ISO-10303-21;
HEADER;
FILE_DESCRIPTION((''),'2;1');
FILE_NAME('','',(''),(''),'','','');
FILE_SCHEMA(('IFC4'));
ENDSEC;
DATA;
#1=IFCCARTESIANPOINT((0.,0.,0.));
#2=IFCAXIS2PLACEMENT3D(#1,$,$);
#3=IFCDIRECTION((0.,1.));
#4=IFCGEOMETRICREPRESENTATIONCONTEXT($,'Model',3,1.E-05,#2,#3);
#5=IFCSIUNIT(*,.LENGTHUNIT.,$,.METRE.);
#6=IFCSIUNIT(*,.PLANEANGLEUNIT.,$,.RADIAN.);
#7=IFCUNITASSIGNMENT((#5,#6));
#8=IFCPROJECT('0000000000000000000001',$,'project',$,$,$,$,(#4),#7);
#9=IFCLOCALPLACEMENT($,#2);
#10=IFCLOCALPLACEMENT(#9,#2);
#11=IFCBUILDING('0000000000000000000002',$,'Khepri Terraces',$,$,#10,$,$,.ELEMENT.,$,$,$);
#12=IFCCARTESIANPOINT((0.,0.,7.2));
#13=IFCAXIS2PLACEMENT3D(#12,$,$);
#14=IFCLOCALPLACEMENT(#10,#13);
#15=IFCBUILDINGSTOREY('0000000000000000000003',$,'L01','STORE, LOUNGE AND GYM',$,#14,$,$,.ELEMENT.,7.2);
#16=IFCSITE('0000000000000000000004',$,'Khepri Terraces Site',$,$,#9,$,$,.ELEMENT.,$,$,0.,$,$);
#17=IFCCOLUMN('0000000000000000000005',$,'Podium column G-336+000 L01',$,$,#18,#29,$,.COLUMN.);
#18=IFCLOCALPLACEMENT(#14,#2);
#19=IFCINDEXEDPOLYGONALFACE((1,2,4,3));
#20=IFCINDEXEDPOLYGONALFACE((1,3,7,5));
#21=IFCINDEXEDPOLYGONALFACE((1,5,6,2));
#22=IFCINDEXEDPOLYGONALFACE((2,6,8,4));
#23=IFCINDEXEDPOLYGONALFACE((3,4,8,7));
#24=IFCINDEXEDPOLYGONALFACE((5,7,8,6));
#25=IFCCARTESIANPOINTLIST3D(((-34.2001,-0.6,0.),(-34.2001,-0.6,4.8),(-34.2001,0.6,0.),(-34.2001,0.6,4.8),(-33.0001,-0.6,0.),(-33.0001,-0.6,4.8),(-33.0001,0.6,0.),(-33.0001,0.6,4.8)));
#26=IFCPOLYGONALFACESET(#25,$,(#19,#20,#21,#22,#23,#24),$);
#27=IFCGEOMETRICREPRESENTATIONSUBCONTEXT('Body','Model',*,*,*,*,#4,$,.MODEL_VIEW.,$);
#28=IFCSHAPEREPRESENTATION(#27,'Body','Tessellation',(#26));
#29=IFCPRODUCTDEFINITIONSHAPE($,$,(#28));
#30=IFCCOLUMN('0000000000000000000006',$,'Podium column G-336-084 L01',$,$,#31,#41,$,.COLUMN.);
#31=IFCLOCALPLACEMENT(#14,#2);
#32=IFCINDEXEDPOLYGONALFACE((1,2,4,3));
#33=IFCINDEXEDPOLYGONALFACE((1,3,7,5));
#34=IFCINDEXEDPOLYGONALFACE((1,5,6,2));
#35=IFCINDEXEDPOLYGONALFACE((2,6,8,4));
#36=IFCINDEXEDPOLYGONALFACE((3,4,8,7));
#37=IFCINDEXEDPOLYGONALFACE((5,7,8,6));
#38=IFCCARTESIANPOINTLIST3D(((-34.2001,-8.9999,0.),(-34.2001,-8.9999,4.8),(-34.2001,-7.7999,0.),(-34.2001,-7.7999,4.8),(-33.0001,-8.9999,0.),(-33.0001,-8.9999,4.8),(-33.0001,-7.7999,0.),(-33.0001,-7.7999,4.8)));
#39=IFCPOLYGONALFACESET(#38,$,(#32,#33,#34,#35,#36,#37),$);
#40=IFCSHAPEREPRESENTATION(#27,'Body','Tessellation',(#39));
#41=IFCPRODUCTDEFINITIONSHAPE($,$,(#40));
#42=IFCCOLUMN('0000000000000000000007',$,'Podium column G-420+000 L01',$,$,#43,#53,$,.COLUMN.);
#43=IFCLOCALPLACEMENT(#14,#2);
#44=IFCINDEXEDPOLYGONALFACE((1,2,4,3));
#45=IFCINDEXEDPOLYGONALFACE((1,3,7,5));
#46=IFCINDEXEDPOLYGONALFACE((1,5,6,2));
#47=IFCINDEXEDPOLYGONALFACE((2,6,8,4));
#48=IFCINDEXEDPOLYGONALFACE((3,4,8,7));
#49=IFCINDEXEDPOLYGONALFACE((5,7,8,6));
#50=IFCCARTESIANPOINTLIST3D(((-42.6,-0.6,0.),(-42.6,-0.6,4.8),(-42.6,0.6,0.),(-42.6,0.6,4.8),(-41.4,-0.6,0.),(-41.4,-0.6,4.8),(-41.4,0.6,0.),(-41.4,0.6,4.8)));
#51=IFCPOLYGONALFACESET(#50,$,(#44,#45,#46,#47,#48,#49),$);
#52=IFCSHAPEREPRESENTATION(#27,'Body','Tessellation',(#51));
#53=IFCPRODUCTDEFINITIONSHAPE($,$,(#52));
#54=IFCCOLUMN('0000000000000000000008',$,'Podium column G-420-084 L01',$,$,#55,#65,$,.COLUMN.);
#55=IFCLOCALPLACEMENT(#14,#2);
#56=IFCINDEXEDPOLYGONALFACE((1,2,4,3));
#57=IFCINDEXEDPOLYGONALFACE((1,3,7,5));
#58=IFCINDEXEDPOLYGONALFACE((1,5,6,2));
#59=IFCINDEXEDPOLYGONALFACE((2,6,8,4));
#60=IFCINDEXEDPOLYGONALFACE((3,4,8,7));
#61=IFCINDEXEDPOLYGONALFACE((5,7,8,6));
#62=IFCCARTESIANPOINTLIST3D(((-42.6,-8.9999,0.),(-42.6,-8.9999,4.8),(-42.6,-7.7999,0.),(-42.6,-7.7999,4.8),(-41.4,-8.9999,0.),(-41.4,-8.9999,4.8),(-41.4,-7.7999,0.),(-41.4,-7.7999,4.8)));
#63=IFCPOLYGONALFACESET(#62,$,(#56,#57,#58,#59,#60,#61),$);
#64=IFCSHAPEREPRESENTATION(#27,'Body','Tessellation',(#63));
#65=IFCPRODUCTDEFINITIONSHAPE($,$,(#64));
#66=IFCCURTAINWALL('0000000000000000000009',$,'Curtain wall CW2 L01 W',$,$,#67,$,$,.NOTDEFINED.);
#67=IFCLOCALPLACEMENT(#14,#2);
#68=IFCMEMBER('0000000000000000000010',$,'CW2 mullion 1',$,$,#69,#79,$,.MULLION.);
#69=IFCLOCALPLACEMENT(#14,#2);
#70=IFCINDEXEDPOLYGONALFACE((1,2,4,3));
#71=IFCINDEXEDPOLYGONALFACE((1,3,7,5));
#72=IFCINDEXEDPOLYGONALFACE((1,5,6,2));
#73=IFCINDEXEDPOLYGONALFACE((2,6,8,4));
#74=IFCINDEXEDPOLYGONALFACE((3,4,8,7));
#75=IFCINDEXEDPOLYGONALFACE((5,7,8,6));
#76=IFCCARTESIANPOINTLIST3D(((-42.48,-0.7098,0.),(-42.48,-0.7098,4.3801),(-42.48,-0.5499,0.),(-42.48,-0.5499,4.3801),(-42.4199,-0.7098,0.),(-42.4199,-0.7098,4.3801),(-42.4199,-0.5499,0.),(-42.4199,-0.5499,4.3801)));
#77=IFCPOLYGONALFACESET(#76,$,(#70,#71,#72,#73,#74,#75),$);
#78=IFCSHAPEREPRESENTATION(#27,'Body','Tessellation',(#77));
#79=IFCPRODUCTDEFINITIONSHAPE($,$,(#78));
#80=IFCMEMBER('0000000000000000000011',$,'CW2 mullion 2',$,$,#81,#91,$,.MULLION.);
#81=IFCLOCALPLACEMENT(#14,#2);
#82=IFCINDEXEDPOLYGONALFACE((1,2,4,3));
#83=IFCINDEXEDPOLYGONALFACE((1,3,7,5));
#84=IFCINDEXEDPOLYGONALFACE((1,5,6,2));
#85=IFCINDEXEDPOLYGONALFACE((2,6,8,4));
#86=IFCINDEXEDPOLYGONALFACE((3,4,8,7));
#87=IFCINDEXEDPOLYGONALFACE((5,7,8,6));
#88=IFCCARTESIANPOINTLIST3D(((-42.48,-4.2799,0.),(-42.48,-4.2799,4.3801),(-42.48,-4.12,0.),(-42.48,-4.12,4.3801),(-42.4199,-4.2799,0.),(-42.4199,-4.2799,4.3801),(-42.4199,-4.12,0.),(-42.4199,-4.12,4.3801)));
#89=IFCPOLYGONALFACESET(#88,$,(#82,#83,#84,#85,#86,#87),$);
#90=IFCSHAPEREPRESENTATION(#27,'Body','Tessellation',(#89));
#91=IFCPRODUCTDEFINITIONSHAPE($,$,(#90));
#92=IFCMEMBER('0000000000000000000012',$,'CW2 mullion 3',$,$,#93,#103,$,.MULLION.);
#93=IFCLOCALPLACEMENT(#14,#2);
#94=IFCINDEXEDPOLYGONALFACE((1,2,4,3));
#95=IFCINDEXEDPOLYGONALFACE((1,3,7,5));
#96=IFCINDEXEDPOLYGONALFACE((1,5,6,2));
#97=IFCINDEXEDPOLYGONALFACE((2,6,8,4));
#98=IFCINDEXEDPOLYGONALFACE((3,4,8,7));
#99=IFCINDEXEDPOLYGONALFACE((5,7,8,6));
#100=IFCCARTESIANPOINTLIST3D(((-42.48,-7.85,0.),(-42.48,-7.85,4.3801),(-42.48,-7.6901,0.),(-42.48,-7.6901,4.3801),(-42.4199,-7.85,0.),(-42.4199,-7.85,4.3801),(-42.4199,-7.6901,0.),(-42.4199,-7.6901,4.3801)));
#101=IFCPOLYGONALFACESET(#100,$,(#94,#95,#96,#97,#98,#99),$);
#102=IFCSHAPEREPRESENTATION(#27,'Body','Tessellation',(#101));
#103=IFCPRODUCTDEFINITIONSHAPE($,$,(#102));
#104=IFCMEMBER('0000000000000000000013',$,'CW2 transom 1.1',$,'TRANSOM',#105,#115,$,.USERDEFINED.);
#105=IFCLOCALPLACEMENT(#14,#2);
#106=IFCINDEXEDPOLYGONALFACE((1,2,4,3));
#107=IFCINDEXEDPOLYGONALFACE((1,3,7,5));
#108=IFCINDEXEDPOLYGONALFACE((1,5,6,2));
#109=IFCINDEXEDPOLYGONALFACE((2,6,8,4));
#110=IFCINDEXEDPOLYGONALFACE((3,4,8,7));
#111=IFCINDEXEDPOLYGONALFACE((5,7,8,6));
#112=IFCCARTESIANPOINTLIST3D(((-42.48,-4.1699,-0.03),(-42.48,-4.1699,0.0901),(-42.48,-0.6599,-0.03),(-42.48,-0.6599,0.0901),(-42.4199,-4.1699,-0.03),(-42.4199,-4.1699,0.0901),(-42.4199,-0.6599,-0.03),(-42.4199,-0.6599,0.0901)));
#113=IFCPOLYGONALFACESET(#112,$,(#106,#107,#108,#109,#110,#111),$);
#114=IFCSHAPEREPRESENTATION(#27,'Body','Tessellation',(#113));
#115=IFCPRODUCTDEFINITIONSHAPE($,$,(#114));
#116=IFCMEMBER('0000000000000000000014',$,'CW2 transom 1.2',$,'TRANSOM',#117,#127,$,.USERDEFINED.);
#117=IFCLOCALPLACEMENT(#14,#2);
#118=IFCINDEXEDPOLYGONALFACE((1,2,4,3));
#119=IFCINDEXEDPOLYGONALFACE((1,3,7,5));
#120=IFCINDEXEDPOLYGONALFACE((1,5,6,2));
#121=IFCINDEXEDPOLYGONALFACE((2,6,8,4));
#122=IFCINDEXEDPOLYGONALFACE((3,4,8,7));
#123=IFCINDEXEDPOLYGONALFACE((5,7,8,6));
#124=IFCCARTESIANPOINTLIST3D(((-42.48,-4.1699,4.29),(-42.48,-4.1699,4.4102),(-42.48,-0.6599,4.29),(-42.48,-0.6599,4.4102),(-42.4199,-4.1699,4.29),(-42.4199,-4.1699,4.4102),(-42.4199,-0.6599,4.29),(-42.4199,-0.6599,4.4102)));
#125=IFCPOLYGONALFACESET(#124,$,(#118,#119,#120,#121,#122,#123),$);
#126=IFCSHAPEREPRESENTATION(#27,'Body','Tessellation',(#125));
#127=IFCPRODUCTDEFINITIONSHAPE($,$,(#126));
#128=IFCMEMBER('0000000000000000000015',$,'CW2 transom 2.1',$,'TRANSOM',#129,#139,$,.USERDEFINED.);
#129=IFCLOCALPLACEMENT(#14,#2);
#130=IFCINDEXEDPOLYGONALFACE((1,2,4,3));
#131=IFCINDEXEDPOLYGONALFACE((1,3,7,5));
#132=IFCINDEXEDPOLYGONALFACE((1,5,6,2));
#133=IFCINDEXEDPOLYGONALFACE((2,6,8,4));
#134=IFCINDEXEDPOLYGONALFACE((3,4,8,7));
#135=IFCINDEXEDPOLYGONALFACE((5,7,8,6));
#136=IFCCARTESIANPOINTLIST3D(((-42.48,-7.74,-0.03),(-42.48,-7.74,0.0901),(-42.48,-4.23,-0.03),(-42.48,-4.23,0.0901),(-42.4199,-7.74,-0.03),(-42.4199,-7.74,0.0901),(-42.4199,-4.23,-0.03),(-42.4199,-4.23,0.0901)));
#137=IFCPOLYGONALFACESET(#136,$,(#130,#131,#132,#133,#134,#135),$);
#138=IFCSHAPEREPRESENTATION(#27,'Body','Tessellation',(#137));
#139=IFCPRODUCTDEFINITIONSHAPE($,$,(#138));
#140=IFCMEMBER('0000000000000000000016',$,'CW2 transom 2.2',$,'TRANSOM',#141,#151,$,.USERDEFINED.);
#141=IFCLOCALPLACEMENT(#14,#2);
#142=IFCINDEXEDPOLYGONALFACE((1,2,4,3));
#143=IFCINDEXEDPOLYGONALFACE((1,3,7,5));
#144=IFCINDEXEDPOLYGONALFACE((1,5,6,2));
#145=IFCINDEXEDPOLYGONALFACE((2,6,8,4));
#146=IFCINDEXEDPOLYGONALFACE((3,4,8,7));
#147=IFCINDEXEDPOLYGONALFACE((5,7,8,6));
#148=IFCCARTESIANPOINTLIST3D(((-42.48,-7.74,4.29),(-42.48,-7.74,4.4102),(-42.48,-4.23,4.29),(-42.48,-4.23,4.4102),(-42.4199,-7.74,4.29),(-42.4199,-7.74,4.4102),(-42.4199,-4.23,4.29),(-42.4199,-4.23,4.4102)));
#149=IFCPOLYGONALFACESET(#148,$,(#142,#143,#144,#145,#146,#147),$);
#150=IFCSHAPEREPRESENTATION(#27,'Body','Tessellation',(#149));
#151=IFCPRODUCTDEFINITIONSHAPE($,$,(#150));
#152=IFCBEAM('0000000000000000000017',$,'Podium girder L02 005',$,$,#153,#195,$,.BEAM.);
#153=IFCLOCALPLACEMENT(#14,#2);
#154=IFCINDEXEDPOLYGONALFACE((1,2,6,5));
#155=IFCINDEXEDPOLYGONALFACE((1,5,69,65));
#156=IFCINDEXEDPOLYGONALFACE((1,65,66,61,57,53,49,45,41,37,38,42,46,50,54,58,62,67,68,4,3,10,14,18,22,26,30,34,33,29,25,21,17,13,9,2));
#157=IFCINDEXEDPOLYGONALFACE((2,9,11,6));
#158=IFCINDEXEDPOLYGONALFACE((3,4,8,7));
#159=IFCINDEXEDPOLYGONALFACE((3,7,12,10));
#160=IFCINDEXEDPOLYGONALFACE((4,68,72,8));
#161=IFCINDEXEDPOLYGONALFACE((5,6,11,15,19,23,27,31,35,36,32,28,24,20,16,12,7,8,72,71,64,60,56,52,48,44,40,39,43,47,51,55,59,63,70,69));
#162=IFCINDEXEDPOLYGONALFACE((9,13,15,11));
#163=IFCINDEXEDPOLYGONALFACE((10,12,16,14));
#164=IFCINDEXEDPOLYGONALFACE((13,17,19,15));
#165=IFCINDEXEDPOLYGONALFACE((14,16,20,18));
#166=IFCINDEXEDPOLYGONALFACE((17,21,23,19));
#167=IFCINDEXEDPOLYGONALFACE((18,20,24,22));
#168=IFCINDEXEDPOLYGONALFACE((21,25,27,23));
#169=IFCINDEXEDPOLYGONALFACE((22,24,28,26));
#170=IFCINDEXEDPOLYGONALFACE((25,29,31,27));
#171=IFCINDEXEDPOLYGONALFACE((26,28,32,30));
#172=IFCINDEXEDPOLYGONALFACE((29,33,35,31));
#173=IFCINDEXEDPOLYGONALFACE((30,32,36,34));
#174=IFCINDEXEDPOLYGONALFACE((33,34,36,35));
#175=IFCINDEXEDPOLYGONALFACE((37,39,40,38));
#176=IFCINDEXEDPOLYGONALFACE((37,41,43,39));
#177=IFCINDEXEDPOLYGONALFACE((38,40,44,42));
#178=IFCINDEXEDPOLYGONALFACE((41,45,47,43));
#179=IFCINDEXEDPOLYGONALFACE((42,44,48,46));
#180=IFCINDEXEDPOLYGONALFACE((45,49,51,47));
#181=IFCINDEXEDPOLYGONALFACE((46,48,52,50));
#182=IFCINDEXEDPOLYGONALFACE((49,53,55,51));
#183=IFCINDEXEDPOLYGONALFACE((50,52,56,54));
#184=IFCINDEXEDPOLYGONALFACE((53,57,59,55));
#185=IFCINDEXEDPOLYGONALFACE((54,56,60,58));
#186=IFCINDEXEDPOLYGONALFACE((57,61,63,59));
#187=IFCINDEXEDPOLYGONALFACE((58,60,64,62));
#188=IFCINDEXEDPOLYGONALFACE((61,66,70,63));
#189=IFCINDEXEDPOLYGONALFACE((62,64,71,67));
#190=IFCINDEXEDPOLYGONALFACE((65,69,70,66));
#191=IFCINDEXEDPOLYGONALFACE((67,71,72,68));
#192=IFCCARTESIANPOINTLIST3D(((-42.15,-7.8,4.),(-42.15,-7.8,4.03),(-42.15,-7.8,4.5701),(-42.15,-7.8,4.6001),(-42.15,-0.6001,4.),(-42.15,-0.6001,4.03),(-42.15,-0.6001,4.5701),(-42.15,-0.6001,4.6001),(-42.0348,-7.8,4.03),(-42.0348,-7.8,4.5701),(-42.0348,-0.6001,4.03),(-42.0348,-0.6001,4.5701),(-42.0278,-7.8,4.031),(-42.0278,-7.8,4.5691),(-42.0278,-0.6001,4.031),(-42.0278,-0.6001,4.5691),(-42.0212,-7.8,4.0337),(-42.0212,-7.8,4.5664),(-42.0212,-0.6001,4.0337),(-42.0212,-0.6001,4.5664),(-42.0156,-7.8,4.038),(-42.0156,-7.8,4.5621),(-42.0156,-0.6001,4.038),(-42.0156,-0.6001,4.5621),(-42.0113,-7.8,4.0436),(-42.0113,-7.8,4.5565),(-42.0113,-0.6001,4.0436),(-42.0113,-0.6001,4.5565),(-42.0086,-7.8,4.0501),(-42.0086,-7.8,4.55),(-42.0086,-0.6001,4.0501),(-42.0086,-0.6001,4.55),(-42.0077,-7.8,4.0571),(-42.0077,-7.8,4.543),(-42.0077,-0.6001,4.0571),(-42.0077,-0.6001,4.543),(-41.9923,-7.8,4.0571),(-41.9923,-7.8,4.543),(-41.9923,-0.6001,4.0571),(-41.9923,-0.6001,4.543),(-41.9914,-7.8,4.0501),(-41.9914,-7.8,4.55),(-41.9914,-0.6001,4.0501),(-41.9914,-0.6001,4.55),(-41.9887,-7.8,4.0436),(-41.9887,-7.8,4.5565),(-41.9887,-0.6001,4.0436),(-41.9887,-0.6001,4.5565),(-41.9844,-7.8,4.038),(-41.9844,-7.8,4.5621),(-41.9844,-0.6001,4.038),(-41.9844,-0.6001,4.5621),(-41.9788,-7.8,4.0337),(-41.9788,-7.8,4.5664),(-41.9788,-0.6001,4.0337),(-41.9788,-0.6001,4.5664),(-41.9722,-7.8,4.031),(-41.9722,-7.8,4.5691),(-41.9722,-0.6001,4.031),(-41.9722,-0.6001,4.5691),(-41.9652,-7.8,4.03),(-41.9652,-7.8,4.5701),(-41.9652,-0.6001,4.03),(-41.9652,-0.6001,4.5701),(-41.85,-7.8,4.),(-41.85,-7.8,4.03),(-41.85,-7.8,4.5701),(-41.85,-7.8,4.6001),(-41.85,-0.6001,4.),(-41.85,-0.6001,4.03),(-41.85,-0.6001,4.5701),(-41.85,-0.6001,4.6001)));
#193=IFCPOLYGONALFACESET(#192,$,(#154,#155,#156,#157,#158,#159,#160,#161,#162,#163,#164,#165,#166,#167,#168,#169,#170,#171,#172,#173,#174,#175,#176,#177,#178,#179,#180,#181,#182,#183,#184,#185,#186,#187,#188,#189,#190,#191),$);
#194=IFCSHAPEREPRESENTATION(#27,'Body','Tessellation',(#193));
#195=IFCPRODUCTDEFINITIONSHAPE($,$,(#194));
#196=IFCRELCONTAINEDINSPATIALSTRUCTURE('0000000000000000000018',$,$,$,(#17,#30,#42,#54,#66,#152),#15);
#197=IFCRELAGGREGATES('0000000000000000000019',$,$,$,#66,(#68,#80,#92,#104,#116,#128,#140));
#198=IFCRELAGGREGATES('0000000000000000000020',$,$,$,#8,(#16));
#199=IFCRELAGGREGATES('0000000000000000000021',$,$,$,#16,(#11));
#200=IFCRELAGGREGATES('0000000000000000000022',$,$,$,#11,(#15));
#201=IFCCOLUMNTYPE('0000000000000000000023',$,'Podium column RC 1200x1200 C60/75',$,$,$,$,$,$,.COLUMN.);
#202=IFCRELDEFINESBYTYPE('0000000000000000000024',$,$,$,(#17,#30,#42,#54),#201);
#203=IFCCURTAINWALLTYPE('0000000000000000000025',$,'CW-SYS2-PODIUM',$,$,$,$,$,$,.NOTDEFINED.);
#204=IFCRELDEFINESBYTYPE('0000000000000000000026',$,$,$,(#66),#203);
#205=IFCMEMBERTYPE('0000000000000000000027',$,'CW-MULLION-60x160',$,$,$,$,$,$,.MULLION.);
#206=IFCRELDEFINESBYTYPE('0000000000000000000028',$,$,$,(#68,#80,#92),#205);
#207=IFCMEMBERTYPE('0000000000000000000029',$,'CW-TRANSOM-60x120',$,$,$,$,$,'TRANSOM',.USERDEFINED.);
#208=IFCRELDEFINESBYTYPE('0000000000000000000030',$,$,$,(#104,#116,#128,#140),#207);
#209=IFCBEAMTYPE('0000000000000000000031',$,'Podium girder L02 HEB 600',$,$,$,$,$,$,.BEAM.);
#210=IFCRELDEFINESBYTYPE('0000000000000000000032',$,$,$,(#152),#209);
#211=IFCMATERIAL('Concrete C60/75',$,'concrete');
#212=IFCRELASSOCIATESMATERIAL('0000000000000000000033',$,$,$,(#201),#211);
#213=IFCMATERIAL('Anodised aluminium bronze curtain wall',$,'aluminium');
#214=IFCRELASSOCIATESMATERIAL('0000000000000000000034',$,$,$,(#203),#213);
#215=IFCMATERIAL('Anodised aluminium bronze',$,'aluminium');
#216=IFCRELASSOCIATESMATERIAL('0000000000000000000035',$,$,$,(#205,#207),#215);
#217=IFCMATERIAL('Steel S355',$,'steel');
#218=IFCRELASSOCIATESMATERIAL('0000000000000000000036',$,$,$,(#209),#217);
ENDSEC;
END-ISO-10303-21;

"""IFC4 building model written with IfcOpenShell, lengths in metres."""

from ifc_helpers import new_model, si_unit, direction, frame, origin, origin_2d, place, context, subcontext, project, spatial, rectangle, i_section, extrude, material, material_profile, profile_set, type_object, element, aggregate, save


model = new_model("IFC4")

# Units and contexts
model_context = context("Model", 3, precision=1e-05, world=origin(), true_north=direction((0.0, 1.0)))
body_context = subcontext(model_context, "Body", "Model", "MODEL_VIEW")
ifc_project = project(units=[si_unit("LENGTHUNIT", "METRE"), si_unit("PLANEANGLEUNIT", "RADIAN")], contexts=[model_context])

# Site, building, storey
site_placement = place(None, origin())
site = spatial("IfcSite", under=ifc_project, at=site_placement, Name="Khepri Terraces Site", CompositionType="ELEMENT", RefElevation=0.0)
building_placement = place(site_placement, origin())
building = spatial("IfcBuilding", under=site, at=building_placement, Name="Khepri Terraces", CompositionType="ELEMENT")
storey_placement = place(building_placement, frame((0.0, 0.0, 7.2)))
storey = spatial("IfcBuildingStorey", under=building, at=storey_placement, Name="L01", Description="STORE, LOUNGE AND GYM", CompositionType="ELEMENT", Elevation=7.2)

# Columns
ifc_material_1 = material(Name="Concrete C60/75", Category="concrete")
ifc_material_profile_1 = material_profile(ifc_material_1, rectangle(XDim=1.2, YDim=1.2, at=origin_2d()), Name="Concrete C60/75", Category="concrete")
ifc_profile_set_1 = profile_set([ifc_material_profile_1], Name="Concrete C60/75")
column_type = type_object("IfcColumnType", Name="Podium column RC 1200x1200 C60/75", PredefinedType="COLUMN", material=ifc_profile_set_1)
for number, where, z_axis, x_axis, name in (
    (1, (-33.6001, 0.0, 0.0), (0.0, 0.0, 1.0), (1.0, 0.0, 0.0), "Podium column G-336+000 L01"),
    (2, (-33.6001, -8.3999, 0.0), (0.0, 0.0, 1.0), (1.0, 0.0, 0.0), "Podium column G-336-084 L01"),
    (3, (-42.0, 0.0, 0.0), (0.0, 0.0, 1.0), (1.0, 0.0, 0.0), "Podium column G-420+000 L01"),
    (4, (-42.0, -8.3999, 0.0), (0.0, 0.0, 1.0), (1.0, 0.0, 0.0), "Podium column G-420-084 L01"),
):
    element("IfcColumn", number, at=place(storey_placement, frame(where, z_axis=z_axis, x_axis=x_axis)), inside=storey, type_object=column_type, Name=name, PredefinedType="COLUMN", context=body_context, shape_type="SweptSolid", body=[
        extrude(rectangle(XDim=1.2, YDim=1.2, at=origin_2d()), origin(), (0.0, 0.0, 1.0), 4.8),
    ])

# Curtain wall, members
ifc_material_2 = material(Name="Anodised aluminium bronze curtain wall", Category="aluminium")
curtain_wall_type = type_object("IfcCurtainWallType", Name="CW-SYS2-PODIUM", PredefinedType="NOTDEFINED", material=ifc_material_2)
curtain_wall_placement = place(storey_placement, origin())
curtain_wall = element("IfcCurtainWall", 5, at=curtain_wall_placement, inside=storey, type_object=curtain_wall_type, Name="Curtain wall CW2 L01 W", PredefinedType="NOTDEFINED")
ifc_material_3 = material(Name="Anodised aluminium bronze", Category="aluminium")
ifc_material_profile_2 = material_profile(ifc_material_3, rectangle(XDim=0.0601, YDim=0.1599, at=origin_2d()), Name="Anodised aluminium bronze", Category="aluminium")
ifc_profile_set_2 = profile_set([ifc_material_profile_2], Name="Anodised aluminium bronze")
member_type_1 = type_object("IfcMemberType", Name="CW-MULLION-60x160", PredefinedType="MULLION", material=ifc_profile_set_2)
member_1_placement = place(storey_placement, frame((-42.45, -0.6299, 0.0), z_axis=(0.0, 0.0, 1.0), x_axis=(1.0, 0.0, 0.0)))
member_1 = element("IfcMember", 6, at=member_1_placement, type_object=member_type_1, Name="CW2 mullion 1", PredefinedType="MULLION", context=body_context, shape_type="SweptSolid", body=[
    extrude(rectangle(XDim=0.0601, YDim=0.1599, at=origin_2d()), origin(), (0.0, 0.0, 1.0), 4.3801),
])
member_2_placement = place(storey_placement, frame((-42.45, -4.2, 0.0), z_axis=(0.0, 0.0, 1.0), x_axis=(1.0, 0.0, 0.0)))
member_2 = element("IfcMember", 7, at=member_2_placement, type_object=member_type_1, Name="CW2 mullion 2", PredefinedType="MULLION", context=body_context, shape_type="SweptSolid", body=[
    extrude(rectangle(XDim=0.0601, YDim=0.1599, at=origin_2d()), origin(), (0.0, 0.0, 1.0), 4.3801),
])
member_3_placement = place(storey_placement, frame((-42.45, -7.77, 0.0), z_axis=(0.0, 0.0, 1.0), x_axis=(1.0, 0.0, 0.0)))
member_3 = element("IfcMember", 8, at=member_3_placement, type_object=member_type_1, Name="CW2 mullion 3", PredefinedType="MULLION", context=body_context, shape_type="SweptSolid", body=[
    extrude(rectangle(XDim=0.0601, YDim=0.1599, at=origin_2d()), origin(), (0.0, 0.0, 1.0), 4.3801),
])
ifc_material_profile_3 = material_profile(ifc_material_3, rectangle(XDim=0.0601, YDim=0.1201, at=origin_2d()), Name="Anodised aluminium bronze", Category="aluminium")
ifc_profile_set_3 = profile_set([ifc_material_profile_3], Name="Anodised aluminium bronze")
member_type_2 = type_object("IfcMemberType", Name="CW-TRANSOM-60x120", ElementType="TRANSOM", PredefinedType="USERDEFINED", material=ifc_profile_set_3)
member_4_placement = place(storey_placement, frame((-42.45, -0.6599, 0.03), z_axis=(0.0, -1.0, 0.0), x_axis=(1.0, 0.0, 0.0)))
member_4 = element("IfcMember", 9, at=member_4_placement, type_object=member_type_2, Name="CW2 transom 1.1", ObjectType="TRANSOM", PredefinedType="USERDEFINED", context=body_context, shape_type="SweptSolid", body=[
    extrude(rectangle(XDim=0.0601, YDim=0.1201, at=origin_2d()), origin(), (0.0, 0.0, 1.0), 3.51),
])
member_5_placement = place(storey_placement, frame((-42.45, -0.6599, 4.3501), z_axis=(0.0, -1.0, 0.0), x_axis=(1.0, 0.0, 0.0)))
member_5 = element("IfcMember", 10, at=member_5_placement, type_object=member_type_2, Name="CW2 transom 1.2", ObjectType="TRANSOM", PredefinedType="USERDEFINED", context=body_context, shape_type="SweptSolid", body=[
    extrude(rectangle(XDim=0.0601, YDim=0.1201, at=origin_2d()), origin(), (0.0, 0.0, 1.0), 3.51),
])
member_6_placement = place(storey_placement, frame((-42.45, -4.23, 0.03), z_axis=(0.0, -1.0, 0.0), x_axis=(1.0, 0.0, 0.0)))
member_6 = element("IfcMember", 11, at=member_6_placement, type_object=member_type_2, Name="CW2 transom 2.1", ObjectType="TRANSOM", PredefinedType="USERDEFINED", context=body_context, shape_type="SweptSolid", body=[
    extrude(rectangle(XDim=0.0601, YDim=0.1201, at=origin_2d()), origin(), (0.0, 0.0, 1.0), 3.51),
])
member_7_placement = place(storey_placement, frame((-42.45, -4.23, 4.3501), z_axis=(0.0, -1.0, 0.0), x_axis=(1.0, 0.0, 0.0)))
member_7 = element("IfcMember", 12, at=member_7_placement, type_object=member_type_2, Name="CW2 transom 2.2", ObjectType="TRANSOM", PredefinedType="USERDEFINED", context=body_context, shape_type="SweptSolid", body=[
    extrude(rectangle(XDim=0.0601, YDim=0.1201, at=origin_2d()), origin(), (0.0, 0.0, 1.0), 3.51),
])

# Beam
ifc_material_4 = material(Name="Steel S355", Category="steel")
ifc_material_profile_4 = material_profile(ifc_material_4, i_section(OverallWidth=0.3, OverallDepth=0.6001, WebThickness=0.0154, FlangeThickness=0.03, FilletRadius=0.0271, at=origin_2d()), Name="Steel S355", Category="steel")
ifc_profile_set_4 = profile_set([ifc_material_profile_4], Name="Steel S355")
beam_type_1 = type_object("IfcBeamType", Name="Podium girder L02 HEB 600", PredefinedType="BEAM", material=ifc_profile_set_4)
for number, where, z_axis, x_axis, name in (
    (13, (-42.0, -7.8, 4.3), (0.0, 1.0, 0.0), (-1.0, 0.0, 0.0), "Podium girder L02 005"),
):
    element("IfcBeam", number, at=place(storey_placement, frame(where, z_axis=z_axis, x_axis=x_axis)), inside=storey, type_object=beam_type_1, Name=name, PredefinedType="BEAM", context=body_context, shape_type="SweptSolid", body=[
        extrude(i_section(OverallWidth=0.3, OverallDepth=0.6001, WebThickness=0.0154, FlangeThickness=0.03, FilletRadius=0.0271, at=origin_2d()), origin(), (0.0, 0.0, 1.0), 7.2),
    ])

aggregate(curtain_wall, [member_1, member_2, member_3, member_4, member_5, member_6, member_7])

save(model, "model.ifc")
